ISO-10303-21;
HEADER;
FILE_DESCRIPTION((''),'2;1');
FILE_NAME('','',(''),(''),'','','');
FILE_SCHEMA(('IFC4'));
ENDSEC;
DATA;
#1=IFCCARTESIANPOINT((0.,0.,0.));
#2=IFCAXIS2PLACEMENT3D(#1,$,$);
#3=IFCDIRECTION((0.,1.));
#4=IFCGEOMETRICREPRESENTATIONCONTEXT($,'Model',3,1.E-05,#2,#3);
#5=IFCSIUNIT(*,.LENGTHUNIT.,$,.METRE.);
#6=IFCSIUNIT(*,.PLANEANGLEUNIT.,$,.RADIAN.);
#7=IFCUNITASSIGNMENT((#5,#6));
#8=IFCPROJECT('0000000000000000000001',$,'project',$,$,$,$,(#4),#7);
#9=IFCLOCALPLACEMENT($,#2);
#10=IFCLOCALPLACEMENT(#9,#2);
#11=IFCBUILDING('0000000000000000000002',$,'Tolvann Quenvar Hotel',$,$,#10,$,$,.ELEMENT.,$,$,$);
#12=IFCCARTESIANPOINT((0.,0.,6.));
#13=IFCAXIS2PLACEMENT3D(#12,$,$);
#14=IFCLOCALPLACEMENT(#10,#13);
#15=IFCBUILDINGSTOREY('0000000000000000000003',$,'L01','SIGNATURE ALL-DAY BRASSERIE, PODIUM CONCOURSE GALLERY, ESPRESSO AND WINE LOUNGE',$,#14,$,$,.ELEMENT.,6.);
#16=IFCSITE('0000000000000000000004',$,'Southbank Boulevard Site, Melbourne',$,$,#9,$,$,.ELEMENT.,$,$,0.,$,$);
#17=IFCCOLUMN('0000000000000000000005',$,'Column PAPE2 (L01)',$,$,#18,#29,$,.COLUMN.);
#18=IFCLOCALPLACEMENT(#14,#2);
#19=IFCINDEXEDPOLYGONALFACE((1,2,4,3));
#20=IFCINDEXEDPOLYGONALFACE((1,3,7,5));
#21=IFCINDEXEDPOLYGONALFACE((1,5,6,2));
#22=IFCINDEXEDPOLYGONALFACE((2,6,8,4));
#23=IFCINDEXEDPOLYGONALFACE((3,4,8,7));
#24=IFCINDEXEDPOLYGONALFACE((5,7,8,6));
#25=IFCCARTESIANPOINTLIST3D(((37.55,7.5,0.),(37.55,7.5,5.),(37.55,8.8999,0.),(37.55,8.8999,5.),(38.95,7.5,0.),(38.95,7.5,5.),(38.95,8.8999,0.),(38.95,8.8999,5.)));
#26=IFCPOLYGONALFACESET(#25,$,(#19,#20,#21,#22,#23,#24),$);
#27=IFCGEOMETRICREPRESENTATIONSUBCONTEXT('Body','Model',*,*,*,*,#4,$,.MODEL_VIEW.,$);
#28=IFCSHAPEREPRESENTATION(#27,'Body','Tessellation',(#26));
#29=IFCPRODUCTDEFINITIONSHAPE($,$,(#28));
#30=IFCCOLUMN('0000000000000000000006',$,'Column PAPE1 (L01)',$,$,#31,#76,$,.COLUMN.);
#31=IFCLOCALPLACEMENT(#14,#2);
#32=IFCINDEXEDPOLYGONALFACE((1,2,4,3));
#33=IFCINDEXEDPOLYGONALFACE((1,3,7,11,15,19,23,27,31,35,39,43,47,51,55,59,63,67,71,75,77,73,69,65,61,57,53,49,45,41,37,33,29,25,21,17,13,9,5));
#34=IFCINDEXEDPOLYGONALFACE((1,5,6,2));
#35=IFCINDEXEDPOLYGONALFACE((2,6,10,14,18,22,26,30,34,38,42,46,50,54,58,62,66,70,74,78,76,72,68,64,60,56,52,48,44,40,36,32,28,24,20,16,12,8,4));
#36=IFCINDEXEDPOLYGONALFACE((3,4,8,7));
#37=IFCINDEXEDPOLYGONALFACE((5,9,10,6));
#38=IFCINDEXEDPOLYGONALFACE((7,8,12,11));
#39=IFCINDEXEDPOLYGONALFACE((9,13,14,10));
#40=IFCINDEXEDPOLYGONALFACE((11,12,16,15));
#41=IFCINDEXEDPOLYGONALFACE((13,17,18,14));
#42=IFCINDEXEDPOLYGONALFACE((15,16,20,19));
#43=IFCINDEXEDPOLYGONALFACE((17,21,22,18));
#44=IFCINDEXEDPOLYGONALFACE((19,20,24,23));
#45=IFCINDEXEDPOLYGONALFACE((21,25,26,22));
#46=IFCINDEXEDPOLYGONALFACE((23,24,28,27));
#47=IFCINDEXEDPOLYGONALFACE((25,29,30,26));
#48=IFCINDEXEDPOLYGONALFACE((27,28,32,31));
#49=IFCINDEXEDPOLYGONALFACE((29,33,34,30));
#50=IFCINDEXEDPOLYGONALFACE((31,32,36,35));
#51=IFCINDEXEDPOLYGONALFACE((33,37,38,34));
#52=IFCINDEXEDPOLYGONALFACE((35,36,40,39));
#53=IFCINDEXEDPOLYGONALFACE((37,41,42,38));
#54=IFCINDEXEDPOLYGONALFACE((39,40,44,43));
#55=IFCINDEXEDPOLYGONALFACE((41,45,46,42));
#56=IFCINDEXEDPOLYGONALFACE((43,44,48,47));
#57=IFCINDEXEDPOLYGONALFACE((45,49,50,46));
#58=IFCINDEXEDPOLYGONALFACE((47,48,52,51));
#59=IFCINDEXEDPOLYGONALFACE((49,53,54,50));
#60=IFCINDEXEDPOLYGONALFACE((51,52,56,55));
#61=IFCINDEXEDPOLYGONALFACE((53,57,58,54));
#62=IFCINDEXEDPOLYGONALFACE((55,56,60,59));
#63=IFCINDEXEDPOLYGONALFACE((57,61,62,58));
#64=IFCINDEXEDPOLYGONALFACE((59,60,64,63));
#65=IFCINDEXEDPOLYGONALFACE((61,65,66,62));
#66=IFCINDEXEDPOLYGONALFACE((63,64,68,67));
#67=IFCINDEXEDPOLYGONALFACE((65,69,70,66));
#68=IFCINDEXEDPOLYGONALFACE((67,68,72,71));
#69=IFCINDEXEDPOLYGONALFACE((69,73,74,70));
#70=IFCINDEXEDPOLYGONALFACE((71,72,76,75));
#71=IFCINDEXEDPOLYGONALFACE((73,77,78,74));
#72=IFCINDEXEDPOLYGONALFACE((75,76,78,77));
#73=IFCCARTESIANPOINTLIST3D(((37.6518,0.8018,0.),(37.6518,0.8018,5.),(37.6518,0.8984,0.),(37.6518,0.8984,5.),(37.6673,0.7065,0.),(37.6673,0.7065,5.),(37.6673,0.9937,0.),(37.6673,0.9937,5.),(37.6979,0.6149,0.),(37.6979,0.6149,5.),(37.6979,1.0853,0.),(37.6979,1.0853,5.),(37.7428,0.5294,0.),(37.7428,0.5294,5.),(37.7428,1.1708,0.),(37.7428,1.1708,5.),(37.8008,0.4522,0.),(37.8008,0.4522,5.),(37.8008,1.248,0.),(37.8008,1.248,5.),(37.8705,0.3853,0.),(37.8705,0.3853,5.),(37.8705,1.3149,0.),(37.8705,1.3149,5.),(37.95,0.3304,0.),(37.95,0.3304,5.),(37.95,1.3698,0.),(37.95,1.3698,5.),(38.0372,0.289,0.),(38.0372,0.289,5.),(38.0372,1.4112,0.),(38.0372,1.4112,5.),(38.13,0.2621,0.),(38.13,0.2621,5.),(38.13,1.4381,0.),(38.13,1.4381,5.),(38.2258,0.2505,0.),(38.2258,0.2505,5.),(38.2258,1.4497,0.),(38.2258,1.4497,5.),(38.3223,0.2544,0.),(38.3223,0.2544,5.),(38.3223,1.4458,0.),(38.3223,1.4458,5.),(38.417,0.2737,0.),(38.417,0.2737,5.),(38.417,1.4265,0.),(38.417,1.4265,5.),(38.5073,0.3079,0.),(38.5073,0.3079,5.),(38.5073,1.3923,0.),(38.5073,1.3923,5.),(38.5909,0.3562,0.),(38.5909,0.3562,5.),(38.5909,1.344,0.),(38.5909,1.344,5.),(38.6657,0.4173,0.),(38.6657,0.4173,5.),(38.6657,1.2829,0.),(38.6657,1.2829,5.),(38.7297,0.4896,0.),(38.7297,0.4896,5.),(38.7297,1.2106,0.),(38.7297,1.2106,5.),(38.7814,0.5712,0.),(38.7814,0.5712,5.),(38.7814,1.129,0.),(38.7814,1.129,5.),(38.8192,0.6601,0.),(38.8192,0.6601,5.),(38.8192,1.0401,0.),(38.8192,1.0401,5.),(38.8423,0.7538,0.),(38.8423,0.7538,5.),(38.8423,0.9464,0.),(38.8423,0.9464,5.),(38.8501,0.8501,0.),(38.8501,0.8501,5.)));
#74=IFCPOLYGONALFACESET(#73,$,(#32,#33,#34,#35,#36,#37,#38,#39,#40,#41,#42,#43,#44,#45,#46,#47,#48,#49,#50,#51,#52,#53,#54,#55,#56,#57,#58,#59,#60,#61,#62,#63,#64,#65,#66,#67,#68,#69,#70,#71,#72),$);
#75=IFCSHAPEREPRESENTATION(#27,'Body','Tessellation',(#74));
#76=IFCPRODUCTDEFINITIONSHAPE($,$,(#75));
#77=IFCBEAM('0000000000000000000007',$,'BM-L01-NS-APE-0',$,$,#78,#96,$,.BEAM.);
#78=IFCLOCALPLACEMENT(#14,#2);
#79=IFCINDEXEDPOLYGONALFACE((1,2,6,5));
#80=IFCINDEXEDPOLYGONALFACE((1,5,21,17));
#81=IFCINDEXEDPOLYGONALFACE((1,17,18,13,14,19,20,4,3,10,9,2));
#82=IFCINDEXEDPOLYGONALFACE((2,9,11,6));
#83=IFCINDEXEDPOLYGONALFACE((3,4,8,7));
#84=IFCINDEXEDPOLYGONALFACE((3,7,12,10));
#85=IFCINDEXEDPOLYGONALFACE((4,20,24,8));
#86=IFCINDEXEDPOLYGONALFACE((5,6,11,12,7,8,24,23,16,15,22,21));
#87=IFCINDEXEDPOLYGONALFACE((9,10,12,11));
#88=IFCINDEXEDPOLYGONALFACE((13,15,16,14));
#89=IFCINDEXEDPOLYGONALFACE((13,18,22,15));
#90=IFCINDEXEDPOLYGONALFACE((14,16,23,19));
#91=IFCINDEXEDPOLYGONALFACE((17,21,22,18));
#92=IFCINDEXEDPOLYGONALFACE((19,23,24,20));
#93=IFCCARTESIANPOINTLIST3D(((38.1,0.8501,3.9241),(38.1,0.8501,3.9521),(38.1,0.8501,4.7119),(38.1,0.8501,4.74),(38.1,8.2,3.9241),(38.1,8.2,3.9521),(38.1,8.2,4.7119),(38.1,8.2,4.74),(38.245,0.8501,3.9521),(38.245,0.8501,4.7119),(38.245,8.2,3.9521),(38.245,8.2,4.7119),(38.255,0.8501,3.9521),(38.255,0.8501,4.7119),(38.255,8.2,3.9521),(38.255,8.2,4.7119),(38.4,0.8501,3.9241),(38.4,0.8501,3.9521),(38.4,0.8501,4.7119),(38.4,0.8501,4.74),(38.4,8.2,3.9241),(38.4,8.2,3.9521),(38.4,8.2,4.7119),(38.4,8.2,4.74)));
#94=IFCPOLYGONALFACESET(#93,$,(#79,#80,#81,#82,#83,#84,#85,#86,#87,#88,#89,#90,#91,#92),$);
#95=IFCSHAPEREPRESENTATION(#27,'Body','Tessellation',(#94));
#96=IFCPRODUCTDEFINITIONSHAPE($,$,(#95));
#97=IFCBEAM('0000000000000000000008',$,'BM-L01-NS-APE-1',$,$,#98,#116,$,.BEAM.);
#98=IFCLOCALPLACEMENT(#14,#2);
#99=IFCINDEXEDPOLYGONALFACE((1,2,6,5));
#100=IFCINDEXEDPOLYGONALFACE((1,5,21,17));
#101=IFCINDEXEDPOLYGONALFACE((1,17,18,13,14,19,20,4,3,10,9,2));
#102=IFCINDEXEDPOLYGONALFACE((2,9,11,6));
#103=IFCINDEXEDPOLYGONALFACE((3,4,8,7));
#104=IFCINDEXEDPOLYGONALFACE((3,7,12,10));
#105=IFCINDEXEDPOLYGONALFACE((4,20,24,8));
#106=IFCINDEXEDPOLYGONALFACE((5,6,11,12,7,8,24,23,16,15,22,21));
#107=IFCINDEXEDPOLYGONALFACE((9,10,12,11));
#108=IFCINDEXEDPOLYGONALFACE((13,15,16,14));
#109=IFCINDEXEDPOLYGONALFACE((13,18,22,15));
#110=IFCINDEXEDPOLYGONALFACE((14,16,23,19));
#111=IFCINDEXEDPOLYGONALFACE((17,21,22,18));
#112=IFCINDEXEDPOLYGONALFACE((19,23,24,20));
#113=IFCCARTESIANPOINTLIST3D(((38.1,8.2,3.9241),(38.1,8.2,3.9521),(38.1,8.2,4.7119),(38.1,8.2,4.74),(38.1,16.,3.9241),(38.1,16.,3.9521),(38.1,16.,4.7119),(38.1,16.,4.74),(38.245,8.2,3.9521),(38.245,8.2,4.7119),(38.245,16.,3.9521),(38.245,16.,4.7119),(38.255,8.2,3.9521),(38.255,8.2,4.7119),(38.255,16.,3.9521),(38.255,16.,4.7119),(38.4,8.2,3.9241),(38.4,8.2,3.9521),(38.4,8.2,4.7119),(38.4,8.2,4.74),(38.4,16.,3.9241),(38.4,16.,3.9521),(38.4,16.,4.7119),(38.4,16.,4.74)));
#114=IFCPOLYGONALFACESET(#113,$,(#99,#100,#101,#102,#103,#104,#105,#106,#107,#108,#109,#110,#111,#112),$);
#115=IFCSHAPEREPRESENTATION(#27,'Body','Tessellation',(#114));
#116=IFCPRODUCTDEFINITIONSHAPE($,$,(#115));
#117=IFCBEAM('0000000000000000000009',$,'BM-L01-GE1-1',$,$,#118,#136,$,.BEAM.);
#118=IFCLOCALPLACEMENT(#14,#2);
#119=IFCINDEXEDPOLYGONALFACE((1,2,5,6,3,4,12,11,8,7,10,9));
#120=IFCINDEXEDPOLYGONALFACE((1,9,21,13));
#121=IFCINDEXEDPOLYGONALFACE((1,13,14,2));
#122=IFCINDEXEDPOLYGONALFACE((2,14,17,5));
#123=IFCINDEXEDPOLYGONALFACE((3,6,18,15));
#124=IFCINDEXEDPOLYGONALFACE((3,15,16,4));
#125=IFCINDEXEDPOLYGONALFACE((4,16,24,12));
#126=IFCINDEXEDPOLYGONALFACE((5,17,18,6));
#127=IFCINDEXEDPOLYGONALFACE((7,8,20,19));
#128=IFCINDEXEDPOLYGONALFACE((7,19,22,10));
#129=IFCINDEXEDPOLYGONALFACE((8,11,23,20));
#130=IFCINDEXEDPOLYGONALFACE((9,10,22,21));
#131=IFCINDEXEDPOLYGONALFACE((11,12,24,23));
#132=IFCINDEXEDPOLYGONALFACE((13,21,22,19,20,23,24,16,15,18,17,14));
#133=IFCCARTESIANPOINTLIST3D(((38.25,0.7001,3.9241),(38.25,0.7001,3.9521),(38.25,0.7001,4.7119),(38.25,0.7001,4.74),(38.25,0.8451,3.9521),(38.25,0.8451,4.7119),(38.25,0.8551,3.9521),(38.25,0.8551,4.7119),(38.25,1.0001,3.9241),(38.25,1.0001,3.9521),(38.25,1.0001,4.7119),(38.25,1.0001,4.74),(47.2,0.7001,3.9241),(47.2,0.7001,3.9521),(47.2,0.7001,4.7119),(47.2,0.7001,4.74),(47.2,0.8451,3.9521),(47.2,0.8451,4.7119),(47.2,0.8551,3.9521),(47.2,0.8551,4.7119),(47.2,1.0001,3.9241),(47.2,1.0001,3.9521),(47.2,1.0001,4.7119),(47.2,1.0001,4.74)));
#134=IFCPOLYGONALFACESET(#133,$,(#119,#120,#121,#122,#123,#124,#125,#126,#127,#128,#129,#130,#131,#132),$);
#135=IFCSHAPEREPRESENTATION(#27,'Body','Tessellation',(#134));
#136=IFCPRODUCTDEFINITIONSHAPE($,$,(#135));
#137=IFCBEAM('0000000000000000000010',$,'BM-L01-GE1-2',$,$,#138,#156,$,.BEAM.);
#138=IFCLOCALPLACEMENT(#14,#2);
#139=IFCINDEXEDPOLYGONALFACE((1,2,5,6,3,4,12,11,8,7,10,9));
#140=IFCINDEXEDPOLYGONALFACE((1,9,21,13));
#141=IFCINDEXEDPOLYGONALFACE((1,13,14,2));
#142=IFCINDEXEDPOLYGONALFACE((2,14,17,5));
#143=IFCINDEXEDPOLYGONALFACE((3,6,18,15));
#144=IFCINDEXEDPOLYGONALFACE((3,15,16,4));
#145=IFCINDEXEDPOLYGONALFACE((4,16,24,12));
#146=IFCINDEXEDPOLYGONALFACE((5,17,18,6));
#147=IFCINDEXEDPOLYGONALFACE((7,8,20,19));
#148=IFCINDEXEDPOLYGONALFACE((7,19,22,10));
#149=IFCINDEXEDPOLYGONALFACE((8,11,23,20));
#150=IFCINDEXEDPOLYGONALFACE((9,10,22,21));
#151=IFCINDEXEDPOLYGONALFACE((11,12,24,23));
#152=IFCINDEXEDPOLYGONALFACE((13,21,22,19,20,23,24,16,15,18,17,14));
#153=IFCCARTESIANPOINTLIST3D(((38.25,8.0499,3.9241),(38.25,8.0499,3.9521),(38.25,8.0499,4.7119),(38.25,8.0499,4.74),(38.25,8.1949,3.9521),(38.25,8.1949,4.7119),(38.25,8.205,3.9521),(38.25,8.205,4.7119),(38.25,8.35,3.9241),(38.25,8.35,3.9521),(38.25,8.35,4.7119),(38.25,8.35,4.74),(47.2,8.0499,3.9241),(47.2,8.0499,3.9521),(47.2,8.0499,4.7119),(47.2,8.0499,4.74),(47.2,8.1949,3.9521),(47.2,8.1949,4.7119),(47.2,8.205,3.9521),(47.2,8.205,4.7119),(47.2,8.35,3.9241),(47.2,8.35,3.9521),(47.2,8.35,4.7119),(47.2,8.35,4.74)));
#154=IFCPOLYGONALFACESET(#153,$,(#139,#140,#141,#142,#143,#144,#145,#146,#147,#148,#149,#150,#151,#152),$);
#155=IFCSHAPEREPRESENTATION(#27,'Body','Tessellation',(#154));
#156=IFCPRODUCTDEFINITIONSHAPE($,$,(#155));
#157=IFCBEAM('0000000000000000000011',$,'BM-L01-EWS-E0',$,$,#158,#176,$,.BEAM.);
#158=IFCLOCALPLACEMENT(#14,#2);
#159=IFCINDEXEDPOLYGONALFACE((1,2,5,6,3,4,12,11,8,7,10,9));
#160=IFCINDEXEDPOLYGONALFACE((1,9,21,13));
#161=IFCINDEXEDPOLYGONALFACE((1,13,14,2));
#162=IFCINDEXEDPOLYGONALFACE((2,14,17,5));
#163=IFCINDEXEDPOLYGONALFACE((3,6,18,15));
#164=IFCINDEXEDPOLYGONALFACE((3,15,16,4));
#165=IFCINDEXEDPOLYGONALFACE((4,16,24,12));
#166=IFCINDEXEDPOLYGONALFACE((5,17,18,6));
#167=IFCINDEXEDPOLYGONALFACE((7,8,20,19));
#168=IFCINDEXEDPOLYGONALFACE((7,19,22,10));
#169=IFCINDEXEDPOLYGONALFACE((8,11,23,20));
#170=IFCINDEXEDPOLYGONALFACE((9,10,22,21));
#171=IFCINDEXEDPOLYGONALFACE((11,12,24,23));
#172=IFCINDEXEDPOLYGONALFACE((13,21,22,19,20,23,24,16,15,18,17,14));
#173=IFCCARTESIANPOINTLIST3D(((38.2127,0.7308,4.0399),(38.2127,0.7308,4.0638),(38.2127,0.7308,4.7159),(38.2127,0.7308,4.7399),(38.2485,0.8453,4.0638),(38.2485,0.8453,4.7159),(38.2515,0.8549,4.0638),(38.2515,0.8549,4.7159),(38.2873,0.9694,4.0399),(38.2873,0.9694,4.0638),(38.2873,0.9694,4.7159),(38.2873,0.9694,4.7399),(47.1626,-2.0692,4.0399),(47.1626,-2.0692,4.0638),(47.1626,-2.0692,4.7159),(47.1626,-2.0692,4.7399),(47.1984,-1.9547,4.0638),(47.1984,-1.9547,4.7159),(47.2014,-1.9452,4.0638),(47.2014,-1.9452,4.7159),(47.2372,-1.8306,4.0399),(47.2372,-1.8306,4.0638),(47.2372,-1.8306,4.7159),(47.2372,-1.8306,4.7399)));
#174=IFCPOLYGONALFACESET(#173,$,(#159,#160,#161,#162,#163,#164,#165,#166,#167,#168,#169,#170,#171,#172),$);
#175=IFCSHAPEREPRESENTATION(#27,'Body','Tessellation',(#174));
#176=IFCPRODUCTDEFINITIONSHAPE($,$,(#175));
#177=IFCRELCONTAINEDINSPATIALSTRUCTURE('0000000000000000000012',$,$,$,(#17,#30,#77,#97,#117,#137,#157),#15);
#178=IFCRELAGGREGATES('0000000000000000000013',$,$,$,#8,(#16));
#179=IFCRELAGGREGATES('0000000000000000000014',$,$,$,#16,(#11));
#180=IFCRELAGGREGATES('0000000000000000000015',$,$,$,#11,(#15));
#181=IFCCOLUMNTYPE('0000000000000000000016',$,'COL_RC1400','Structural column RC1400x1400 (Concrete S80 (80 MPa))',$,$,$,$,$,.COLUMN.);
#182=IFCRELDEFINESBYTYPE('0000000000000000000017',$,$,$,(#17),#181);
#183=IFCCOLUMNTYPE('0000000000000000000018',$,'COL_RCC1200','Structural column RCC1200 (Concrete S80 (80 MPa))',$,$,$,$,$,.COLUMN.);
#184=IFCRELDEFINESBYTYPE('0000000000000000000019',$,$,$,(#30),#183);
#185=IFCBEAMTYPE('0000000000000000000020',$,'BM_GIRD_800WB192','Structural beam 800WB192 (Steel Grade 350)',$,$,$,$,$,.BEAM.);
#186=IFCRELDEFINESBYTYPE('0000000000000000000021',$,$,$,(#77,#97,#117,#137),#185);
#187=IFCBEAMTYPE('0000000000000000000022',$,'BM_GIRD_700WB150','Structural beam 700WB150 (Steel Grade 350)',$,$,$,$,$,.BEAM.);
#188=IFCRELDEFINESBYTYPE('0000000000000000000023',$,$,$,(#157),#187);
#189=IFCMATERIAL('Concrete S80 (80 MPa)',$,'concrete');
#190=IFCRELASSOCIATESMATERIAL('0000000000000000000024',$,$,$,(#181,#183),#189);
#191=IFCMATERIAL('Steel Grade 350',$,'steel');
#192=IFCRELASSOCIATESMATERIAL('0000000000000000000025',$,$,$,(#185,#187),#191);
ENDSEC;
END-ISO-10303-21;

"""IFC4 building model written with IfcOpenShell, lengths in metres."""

from ifc_helpers import new_model, si_unit, direction, frame, origin, origin_2d, place, context, subcontext, project, spatial, rectangle, circle, i_section, extrude, source, transform, mapped, material, material_profile, profile_set, type_object, type_shapes, element, save


model = new_model("IFC4")

# Units and contexts
model_context = context("Model", 3, precision=1e-05, world=origin(), true_north=direction((0.0, 1.0)))
body_context = subcontext(model_context, "Body", "Model", "MODEL_VIEW")
ifc_project = project(units=[si_unit("LENGTHUNIT", "METRE"), si_unit("PLANEANGLEUNIT", "RADIAN")], contexts=[model_context])

# Site, building, storey
site_placement = place(None, origin())
site = spatial("IfcSite", under=ifc_project, at=site_placement, Name="Southbank Boulevard Site, Melbourne", CompositionType="ELEMENT", RefElevation=0.0)
building_placement = place(site_placement, origin())
building = spatial("IfcBuilding", under=site, at=building_placement, Name="Tolvann Quenvar Hotel", CompositionType="ELEMENT")
storey_placement = place(building_placement, frame((0.0, 0.0, 6.0)))
storey = spatial("IfcBuildingStorey", under=building, at=storey_placement, Name="L01", Description="SIGNATURE ALL-DAY BRASSERIE, PODIUM CONCOURSE GALLERY, ESPRESSO AND WINE LOUNGE", CompositionType="ELEMENT", Elevation=6.0)

# Columns
ifc_material_1 = material(Name="Concrete S80 (80 MPa)", Category="concrete")
ifc_material_profile_1 = material_profile(ifc_material_1, rectangle(XDim=1.3999, YDim=1.3999, at=origin_2d()), Name="RC1400x1400")
ifc_profile_set_1 = profile_set([ifc_material_profile_1], Name="Concrete S80 (80 MPa)")
column_type_1 = type_object("IfcColumnType", Name="COL_RC1400", Description="Structural column RC1400x1400 (Concrete S80 (80 MPa))", PredefinedType="COLUMN", material=ifc_profile_set_1)
shared_shape_1 = source(origin(), body_context, "Body", "SweptSolid", [
    extrude(rectangle(XDim=1.3999, YDim=1.3999, at=origin_2d()), origin(), (0.0, 0.0, 1.0), 5.0),
])
type_shapes(column_type_1, [shared_shape_1])
column_1_placement = place(storey_placement, frame((38.25, 8.2, 0.0), z_axis=(0.0, 0.0, 1.0), x_axis=(1.0, 0.0, 0.0)))
element("IfcColumn", 1, at=column_1_placement, inside=storey, type_object=column_type_1, Name="Column PAPE2 (L01)", PredefinedType="COLUMN", context=body_context, shape_type="MappedRepresentation", body=[
    mapped(shared_shape_1, transform((0.0, 0.0, 0.0), x_axis=(1.0, 0.0, 0.0), y_axis=(0.0, 1.0, 0.0), z_axis=(0.0, 0.0, 1.0), scale=1.0)),
])
ifc_material_profile_2 = material_profile(ifc_material_1, circle(Radius=0.6001, at=origin_2d()), Name="RCC1200")
ifc_profile_set_2 = profile_set([ifc_material_profile_2], Name="Concrete S80 (80 MPa)")
column_type_2 = type_object("IfcColumnType", Name="COL_RCC1200", Description="Structural column RCC1200 (Concrete S80 (80 MPa))", PredefinedType="COLUMN", material=ifc_profile_set_2)
shared_shape_2 = source(origin(), body_context, "Body", "SweptSolid", [
    extrude(circle(Radius=0.6001, at=origin_2d()), origin(), (0.0, 0.0, 1.0), 5.0),
])
type_shapes(column_type_2, [shared_shape_2])
column_2_placement = place(storey_placement, frame((38.25, 0.8501, 0.0), z_axis=(0.0, 0.0, 1.0), x_axis=(1.0, 0.0, 0.0)))
element("IfcColumn", 2, at=column_2_placement, inside=storey, type_object=column_type_2, Name="Column PAPE1 (L01)", PredefinedType="COLUMN", context=body_context, shape_type="MappedRepresentation", body=[
    mapped(shared_shape_2, transform((0.0, 0.0, 0.0), x_axis=(1.0, 0.0, 0.0), y_axis=(0.0, 1.0, 0.0), z_axis=(0.0, 0.0, 1.0), scale=1.0)),
])

# Beams
ifc_material_2 = material(Name="Steel Grade 350", Category="steel")
ifc_material_profile_3 = material_profile(ifc_material_2, i_section(OverallWidth=0.3, OverallDepth=0.8159, WebThickness=0.01, FlangeThickness=0.0281, at=origin_2d()), Name="800WB192")
ifc_profile_set_3 = profile_set([ifc_material_profile_3], Name="Steel Grade 350")
beam_type_1 = type_object("IfcBeamType", Name="BM_GIRD_800WB192", Description="Structural beam 800WB192 (Steel Grade 350)", PredefinedType="BEAM", material=ifc_profile_set_3)
shared_shape_3 = source(origin(), body_context, "Body", "SweptSolid", [
    extrude(i_section(OverallWidth=0.3, OverallDepth=0.8159, WebThickness=0.01, FlangeThickness=0.0281, at=origin_2d()), origin(), (0.0, 0.0, 1.0), 7.3499),
])
beam_1_placement = place(storey_placement, frame((38.25, 0.8501, 4.332), z_axis=(0.0, 1.0, 0.0), x_axis=(-1.0, 0.0, 0.0)))
element("IfcBeam", 3, at=beam_1_placement, inside=storey, type_object=beam_type_1, Name="BM-L01-NS-APE-0", PredefinedType="BEAM", context=body_context, shape_type="MappedRepresentation", body=[
    mapped(shared_shape_3, transform((0.0, 0.0, 0.0), x_axis=(1.0, 0.0, 0.0), y_axis=(0.0, 1.0, 0.0), z_axis=(0.0, 0.0, 1.0), scale=1.0)),
])
shared_shape_4 = source(origin(), body_context, "Body", "SweptSolid", [
    extrude(i_section(OverallWidth=0.3, OverallDepth=0.8159, WebThickness=0.01, FlangeThickness=0.0281, at=origin_2d()), origin(), (0.0, 0.0, 1.0), 7.8),
])
beam_2_placement = place(storey_placement, frame((38.25, 8.2, 4.332), z_axis=(0.0, 1.0, 0.0), x_axis=(-1.0, 0.0, 0.0)))
element("IfcBeam", 4, at=beam_2_placement, inside=storey, type_object=beam_type_1, Name="BM-L01-NS-APE-1", PredefinedType="BEAM", context=body_context, shape_type="MappedRepresentation", body=[
    mapped(shared_shape_4, transform((0.0, 0.0, 0.0), x_axis=(1.0, 0.0, 0.0), y_axis=(0.0, 1.0, 0.0), z_axis=(0.0, 0.0, 1.0), scale=1.0)),
])
shared_shape_5 = source(origin(), body_context, "Body", "SweptSolid", [
    extrude(i_section(OverallWidth=0.3, OverallDepth=0.8159, WebThickness=0.01, FlangeThickness=0.0281, at=origin_2d()), origin(), (0.0, 0.0, 1.0), 8.95),
])
type_shapes(beam_type_1, [shared_shape_3, shared_shape_4, shared_shape_5])
for number, where, z_axis, x_axis, name in (
    (5, (38.25, 0.8501, 4.332), (1.0, 0.0, 0.0), (0.0, 1.0, 0.0), "BM-L01-GE1-1"),
    (6, (38.25, 8.2, 4.332), (1.0, 0.0, 0.0), (0.0, 1.0, 0.0), "BM-L01-GE1-2"),
):
    element("IfcBeam", number, at=place(storey_placement, frame(where, z_axis=z_axis, x_axis=x_axis)), inside=storey, type_object=beam_type_1, Name=name, PredefinedType="BEAM", context=body_context, shape_type="MappedRepresentation", body=[
        mapped(shared_shape_5, transform((0.0, 0.0, 0.0), x_axis=(1.0, 0.0, 0.0), y_axis=(0.0, 1.0, 0.0), z_axis=(0.0, 0.0, 1.0), scale=1.0)),
    ])
ifc_material_profile_4 = material_profile(ifc_material_2, i_section(OverallWidth=0.25, OverallDepth=0.7, WebThickness=0.01, FlangeThickness=0.0239, at=origin_2d()), Name="700WB150")
ifc_profile_set_4 = profile_set([ifc_material_profile_4], Name="Steel Grade 350")
beam_type_2 = type_object("IfcBeamType", Name="BM_GIRD_700WB150", Description="Structural beam 700WB150 (Steel Grade 350)", PredefinedType="BEAM", material=ifc_profile_set_4)
shared_shape_6 = source(origin(), body_context, "Body", "SweptSolid", [
    extrude(i_section(OverallWidth=0.25, OverallDepth=0.7, WebThickness=0.01, FlangeThickness=0.0239, at=origin_2d()), origin(), (0.0, 0.0, 1.0), 9.3777),
])
type_shapes(beam_type_2, [shared_shape_6])
beam_3_placement = place(storey_placement, frame((38.25, 0.8501, 4.3899), z_axis=(0.954383, -0.298585, 0.0), x_axis=(0.298585, 0.954383, 0.0)))
element("IfcBeam", 7, at=beam_3_placement, inside=storey, type_object=beam_type_2, Name="BM-L01-EWS-E0", PredefinedType="BEAM", context=body_context, shape_type="MappedRepresentation", body=[
    mapped(shared_shape_6, transform((0.0, 0.0, 0.0), x_axis=(1.0, 0.0, 0.0), y_axis=(0.0, 1.0, 0.0), z_axis=(0.0, 0.0, 1.0), scale=1.0)),
])

save(model, "model.ifc")
